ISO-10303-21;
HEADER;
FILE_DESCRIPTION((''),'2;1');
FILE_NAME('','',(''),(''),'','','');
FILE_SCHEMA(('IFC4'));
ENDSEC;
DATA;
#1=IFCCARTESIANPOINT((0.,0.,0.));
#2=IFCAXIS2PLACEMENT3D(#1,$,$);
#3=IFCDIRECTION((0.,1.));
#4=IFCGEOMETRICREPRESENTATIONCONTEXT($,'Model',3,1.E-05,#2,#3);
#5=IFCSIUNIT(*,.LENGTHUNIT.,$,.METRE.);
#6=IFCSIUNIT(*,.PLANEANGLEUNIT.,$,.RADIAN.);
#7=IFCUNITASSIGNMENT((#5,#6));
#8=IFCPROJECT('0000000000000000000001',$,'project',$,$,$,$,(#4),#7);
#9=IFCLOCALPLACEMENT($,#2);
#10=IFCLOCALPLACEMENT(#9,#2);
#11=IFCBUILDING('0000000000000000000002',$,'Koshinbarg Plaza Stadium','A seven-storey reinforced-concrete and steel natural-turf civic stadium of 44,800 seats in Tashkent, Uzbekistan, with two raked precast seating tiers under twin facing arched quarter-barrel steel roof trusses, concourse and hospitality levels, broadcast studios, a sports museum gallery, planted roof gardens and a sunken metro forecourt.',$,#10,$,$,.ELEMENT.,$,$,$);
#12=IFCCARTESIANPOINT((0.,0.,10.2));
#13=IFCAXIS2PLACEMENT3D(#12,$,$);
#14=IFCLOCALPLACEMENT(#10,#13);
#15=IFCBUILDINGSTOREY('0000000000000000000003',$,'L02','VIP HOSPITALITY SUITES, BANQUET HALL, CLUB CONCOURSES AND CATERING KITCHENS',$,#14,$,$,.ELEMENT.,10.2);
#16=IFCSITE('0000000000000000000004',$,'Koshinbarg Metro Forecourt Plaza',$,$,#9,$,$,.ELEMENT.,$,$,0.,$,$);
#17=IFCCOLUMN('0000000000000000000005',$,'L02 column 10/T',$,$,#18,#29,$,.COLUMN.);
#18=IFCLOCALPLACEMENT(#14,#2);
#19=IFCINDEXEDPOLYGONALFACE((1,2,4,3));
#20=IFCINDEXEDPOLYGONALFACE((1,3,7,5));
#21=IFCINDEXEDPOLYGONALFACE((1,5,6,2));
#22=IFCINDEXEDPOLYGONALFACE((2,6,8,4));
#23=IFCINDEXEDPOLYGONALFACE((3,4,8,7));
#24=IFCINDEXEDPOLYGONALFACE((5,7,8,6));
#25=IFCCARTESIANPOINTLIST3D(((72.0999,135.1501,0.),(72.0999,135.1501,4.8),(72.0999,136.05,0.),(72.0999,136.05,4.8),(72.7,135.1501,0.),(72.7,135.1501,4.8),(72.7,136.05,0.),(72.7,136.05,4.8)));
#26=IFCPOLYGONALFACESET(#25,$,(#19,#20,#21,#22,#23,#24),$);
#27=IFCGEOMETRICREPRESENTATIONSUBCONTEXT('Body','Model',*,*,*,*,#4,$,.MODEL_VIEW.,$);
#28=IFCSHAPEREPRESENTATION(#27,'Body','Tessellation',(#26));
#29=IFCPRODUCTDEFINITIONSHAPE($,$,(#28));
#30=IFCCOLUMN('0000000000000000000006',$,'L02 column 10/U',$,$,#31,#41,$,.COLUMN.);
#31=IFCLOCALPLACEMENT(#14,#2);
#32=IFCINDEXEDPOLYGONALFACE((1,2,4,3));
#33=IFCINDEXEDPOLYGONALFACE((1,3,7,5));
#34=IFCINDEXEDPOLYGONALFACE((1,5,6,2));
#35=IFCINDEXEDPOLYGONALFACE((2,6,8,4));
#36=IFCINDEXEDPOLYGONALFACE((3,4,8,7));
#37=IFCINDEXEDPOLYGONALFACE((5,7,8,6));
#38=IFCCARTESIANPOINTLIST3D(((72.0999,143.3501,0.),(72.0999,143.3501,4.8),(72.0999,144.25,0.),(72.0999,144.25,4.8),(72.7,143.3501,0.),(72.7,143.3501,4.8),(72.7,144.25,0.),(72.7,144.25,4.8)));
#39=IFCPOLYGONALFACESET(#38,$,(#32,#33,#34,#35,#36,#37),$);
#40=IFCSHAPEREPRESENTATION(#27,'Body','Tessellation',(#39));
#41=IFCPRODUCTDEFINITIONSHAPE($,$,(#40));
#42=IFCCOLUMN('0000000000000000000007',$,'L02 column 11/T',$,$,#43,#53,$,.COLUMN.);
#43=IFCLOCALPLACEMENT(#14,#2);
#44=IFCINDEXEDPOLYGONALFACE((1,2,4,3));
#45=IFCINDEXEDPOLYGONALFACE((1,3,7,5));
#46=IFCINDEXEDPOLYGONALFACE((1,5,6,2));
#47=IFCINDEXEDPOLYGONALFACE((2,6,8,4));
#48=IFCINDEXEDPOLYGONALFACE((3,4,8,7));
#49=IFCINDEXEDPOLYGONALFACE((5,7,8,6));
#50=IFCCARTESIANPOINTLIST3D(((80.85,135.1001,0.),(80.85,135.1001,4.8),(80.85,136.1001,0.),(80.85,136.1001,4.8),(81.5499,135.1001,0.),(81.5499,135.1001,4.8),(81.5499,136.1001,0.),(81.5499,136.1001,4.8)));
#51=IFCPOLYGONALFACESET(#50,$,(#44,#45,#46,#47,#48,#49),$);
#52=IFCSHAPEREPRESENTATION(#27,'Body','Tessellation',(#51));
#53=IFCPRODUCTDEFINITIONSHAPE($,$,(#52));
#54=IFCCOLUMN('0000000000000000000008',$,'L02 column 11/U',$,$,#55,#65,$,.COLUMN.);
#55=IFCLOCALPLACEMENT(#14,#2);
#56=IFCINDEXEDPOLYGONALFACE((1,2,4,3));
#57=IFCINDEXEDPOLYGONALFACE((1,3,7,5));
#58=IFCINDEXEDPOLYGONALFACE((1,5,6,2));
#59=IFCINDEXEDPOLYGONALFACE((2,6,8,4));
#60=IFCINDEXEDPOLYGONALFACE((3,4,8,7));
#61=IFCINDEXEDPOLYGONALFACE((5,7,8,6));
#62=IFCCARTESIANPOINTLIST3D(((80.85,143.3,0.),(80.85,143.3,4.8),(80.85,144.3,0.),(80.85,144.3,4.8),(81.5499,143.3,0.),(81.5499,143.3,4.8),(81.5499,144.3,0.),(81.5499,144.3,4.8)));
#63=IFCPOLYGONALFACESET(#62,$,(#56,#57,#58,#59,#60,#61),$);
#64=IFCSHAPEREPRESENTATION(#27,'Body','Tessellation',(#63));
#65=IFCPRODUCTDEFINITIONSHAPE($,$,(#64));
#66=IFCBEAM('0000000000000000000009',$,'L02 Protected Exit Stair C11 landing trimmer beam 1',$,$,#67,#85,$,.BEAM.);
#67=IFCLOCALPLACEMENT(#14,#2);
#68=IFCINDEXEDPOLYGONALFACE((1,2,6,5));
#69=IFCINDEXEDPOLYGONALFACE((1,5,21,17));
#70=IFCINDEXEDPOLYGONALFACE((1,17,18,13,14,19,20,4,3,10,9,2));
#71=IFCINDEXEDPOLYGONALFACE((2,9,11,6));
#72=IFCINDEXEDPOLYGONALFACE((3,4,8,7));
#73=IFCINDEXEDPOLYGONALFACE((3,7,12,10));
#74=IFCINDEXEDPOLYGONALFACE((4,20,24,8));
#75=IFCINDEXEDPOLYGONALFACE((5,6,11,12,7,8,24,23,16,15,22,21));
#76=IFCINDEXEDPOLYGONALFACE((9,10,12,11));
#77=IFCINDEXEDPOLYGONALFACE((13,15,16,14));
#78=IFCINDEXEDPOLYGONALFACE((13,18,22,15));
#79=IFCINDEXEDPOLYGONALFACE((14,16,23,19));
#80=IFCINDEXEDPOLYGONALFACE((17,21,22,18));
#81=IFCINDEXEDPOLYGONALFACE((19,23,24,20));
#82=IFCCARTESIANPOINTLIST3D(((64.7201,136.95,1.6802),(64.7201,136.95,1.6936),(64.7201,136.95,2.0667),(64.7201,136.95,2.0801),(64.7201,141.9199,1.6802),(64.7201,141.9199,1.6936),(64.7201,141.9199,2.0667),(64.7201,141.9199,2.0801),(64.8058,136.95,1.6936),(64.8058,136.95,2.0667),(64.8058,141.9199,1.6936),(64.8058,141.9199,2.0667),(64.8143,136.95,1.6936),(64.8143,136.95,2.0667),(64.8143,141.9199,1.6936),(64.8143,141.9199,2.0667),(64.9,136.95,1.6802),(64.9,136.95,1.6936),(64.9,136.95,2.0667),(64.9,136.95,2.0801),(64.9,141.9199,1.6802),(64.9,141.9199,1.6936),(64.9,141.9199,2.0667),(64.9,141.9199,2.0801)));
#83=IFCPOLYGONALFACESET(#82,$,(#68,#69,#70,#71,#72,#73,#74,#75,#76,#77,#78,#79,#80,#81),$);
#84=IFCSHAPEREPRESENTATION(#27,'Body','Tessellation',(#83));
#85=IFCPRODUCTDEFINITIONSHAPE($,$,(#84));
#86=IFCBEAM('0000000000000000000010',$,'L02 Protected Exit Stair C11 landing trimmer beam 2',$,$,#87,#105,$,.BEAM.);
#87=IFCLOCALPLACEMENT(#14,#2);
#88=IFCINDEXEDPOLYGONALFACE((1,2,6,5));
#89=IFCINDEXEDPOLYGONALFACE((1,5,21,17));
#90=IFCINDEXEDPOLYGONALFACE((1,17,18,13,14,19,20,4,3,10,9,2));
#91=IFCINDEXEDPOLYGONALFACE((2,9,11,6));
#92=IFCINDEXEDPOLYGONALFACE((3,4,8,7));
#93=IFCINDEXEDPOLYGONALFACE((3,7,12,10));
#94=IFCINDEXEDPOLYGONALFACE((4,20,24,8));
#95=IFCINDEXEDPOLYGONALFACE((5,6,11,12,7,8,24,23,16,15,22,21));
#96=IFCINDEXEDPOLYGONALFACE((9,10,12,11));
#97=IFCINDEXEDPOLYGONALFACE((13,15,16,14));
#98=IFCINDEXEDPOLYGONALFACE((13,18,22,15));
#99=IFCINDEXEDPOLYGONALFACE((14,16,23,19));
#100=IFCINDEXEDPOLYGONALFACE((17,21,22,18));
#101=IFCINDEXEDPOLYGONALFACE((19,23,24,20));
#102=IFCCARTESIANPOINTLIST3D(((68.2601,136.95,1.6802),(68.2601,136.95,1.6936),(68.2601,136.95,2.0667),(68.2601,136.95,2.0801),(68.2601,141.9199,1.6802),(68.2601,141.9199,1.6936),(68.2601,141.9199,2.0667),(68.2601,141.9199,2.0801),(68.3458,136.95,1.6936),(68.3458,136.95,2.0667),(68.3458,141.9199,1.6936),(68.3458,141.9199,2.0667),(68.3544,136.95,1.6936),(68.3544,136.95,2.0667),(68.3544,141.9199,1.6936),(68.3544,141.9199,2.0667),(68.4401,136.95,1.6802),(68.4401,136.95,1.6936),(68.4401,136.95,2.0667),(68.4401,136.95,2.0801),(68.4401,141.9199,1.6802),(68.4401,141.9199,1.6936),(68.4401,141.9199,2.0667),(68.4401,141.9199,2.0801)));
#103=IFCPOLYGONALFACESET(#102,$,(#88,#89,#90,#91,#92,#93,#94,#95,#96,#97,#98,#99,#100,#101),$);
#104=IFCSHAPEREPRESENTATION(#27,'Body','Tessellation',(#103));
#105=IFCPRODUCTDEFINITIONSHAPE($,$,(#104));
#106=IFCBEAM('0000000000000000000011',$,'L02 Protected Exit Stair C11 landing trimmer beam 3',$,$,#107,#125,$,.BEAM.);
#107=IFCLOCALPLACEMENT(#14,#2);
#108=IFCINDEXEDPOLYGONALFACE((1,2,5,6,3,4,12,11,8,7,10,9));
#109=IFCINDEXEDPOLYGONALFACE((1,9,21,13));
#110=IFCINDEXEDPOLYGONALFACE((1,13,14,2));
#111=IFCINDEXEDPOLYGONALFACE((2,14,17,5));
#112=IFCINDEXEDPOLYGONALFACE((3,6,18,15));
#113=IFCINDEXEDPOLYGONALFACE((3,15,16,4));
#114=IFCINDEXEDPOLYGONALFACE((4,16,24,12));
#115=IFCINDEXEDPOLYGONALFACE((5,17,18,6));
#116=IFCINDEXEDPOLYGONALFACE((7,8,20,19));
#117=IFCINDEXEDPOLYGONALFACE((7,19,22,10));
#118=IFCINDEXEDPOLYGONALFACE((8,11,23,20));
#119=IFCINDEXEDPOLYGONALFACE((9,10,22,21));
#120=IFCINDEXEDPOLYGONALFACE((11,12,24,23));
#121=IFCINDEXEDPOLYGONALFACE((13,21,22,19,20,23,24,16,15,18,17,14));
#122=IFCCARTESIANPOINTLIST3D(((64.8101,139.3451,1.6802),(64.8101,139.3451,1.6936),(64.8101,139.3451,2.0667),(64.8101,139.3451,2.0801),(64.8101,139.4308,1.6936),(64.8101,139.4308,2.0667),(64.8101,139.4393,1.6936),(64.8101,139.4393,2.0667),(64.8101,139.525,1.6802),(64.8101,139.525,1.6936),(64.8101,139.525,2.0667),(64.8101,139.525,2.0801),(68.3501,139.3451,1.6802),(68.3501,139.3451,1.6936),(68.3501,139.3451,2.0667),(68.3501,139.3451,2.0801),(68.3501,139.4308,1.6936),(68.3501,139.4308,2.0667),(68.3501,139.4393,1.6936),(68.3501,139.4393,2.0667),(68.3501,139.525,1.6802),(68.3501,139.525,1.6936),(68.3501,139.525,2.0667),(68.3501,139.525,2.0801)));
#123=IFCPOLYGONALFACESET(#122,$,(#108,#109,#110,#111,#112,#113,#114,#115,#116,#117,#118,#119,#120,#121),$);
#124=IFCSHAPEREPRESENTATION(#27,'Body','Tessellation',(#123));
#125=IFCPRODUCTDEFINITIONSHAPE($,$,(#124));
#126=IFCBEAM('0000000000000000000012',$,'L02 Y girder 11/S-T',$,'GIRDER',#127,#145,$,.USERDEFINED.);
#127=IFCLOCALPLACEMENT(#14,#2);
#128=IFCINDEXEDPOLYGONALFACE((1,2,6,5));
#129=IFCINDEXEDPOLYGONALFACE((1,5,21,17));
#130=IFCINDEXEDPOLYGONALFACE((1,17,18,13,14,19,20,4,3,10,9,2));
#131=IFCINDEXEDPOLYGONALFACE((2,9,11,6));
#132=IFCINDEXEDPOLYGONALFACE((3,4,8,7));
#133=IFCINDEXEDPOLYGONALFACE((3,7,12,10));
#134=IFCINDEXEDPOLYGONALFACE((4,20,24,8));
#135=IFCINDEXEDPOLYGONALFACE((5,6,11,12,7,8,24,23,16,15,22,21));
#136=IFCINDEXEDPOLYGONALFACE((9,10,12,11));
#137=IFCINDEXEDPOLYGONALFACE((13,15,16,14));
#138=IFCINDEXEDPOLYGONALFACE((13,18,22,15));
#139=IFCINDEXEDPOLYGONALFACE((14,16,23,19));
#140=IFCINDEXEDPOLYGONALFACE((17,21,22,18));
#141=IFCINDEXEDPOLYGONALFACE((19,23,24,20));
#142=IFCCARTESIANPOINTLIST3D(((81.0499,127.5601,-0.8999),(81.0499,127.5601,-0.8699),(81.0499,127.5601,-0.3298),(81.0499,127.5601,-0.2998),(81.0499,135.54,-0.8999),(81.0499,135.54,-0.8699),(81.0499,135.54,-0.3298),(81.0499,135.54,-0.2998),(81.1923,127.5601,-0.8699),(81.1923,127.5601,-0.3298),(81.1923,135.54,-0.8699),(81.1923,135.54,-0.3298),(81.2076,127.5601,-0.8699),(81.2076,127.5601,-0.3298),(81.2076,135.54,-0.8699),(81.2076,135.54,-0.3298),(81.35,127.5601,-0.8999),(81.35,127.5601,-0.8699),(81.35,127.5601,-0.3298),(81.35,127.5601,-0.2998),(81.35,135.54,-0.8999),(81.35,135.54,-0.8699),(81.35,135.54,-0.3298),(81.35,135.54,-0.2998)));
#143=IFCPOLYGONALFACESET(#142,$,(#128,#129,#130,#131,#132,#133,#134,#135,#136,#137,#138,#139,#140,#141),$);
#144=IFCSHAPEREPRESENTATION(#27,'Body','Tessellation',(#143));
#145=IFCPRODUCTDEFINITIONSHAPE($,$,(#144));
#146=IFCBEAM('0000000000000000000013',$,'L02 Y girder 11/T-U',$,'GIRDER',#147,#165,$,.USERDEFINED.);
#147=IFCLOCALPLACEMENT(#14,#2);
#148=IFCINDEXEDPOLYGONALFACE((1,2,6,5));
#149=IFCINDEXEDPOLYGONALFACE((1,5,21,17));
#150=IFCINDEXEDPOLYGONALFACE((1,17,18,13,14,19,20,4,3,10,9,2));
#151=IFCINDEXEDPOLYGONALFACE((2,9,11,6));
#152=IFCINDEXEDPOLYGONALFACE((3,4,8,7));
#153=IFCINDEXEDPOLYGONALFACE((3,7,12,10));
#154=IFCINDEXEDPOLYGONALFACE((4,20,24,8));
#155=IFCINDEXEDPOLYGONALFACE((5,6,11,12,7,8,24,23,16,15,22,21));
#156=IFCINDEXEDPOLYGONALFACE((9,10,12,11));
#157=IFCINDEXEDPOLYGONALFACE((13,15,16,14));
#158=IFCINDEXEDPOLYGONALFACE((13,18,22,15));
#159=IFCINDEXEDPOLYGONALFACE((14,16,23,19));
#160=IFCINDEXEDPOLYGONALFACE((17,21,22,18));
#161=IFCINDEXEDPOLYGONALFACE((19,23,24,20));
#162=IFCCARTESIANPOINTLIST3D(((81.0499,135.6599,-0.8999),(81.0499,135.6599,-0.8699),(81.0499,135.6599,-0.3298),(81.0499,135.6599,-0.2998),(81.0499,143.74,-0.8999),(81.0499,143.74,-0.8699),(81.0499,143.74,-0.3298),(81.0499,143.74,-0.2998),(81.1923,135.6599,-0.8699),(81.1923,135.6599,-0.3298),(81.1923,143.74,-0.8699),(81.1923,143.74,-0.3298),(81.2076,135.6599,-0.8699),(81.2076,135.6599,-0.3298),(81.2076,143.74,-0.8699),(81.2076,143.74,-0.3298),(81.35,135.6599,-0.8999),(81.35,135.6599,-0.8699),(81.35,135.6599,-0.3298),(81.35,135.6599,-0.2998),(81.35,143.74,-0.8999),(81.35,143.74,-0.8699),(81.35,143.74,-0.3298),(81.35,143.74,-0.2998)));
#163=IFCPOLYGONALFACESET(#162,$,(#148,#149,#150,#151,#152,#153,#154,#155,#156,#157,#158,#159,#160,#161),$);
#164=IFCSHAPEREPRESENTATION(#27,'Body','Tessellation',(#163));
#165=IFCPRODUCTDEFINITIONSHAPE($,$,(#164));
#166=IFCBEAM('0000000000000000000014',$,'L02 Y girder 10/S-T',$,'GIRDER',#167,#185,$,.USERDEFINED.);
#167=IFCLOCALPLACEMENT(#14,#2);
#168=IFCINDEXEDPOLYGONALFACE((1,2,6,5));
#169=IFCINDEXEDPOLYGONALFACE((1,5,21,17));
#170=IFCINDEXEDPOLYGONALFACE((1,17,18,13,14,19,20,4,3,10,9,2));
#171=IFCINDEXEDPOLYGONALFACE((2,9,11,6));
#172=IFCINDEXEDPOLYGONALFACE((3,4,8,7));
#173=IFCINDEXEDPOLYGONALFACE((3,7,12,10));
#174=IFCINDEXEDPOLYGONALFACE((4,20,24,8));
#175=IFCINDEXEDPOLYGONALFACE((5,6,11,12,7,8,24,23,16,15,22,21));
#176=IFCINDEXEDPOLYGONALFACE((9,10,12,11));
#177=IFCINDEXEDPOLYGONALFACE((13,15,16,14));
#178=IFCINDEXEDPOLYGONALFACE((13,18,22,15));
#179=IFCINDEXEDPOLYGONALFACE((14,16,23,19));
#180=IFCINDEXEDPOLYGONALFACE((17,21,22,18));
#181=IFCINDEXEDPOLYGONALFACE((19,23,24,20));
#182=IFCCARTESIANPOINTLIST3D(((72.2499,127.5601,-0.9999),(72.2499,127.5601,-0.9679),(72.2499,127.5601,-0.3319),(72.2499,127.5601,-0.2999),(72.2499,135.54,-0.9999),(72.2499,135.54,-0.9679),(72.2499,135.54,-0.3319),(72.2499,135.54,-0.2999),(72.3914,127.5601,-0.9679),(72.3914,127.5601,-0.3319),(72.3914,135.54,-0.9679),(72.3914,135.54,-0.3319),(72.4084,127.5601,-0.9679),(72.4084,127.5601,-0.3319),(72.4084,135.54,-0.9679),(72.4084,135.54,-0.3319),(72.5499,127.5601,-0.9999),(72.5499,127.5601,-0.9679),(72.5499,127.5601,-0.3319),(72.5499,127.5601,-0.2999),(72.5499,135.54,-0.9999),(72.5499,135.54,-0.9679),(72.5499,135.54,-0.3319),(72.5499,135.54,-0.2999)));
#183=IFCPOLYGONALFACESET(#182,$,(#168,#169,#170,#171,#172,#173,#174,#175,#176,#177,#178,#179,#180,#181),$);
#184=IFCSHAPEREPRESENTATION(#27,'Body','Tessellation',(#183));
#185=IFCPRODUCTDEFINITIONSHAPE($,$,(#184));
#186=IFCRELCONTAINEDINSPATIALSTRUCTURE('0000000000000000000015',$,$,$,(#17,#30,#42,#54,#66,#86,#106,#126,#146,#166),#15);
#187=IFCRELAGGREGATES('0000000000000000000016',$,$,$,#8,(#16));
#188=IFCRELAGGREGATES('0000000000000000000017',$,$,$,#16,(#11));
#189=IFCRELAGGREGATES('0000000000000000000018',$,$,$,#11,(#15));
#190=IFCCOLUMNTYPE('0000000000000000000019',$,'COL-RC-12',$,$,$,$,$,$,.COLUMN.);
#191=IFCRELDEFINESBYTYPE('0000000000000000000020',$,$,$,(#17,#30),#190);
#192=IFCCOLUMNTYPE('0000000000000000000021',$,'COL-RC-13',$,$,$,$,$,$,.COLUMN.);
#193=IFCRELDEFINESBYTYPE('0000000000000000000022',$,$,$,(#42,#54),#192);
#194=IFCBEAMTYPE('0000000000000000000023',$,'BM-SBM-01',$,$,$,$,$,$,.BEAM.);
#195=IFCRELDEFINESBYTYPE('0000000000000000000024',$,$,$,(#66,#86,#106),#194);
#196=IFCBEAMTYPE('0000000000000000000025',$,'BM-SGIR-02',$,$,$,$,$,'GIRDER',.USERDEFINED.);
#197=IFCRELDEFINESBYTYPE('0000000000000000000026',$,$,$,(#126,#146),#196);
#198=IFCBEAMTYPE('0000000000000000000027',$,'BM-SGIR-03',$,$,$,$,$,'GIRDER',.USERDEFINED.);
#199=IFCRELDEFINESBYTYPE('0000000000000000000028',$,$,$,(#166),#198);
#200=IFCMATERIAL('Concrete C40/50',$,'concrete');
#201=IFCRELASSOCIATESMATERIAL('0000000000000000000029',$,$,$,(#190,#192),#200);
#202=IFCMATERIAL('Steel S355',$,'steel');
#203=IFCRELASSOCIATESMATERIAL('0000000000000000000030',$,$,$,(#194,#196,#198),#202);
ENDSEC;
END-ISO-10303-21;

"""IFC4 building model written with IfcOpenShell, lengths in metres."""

from ifc_helpers import new_model, si_unit, direction, frame, origin, origin_2d, place, context, subcontext, project, spatial, rectangle, i_section, extrude, material, material_profile, profile_set, type_object, element, save


model = new_model("IFC4")

# Units and contexts
model_context = context("Model", 3, precision=1e-05, world=origin(), true_north=direction((0.0, 1.0)))
body_context = subcontext(model_context, "Body", "Model", "MODEL_VIEW")
ifc_project = project(units=[si_unit("LENGTHUNIT", "METRE"), si_unit("PLANEANGLEUNIT", "RADIAN")], contexts=[model_context])

# Site, building, storey
site_placement = place(None, origin())
site = spatial("IfcSite", under=ifc_project, at=site_placement, Name="Koshinbarg Metro Forecourt Plaza", CompositionType="ELEMENT", RefElevation=0.0)
building_placement = place(site_placement, origin())
building = spatial("IfcBuilding", under=site, at=building_placement, Name="Koshinbarg Plaza Stadium", Description="A seven-storey reinforced-concrete and steel natural-turf civic stadium of 44,800 seats in Tashkent, Uzbekistan, with two raked precast seating tiers under twin facing arched quarter-barrel steel roof trusses, concourse and hospitality levels, broadcast studios, a sports museum gallery, planted roof gardens and a sunken metro forecourt.", CompositionType="ELEMENT")
storey_placement = place(building_placement, frame((0.0, 0.0, 10.2)))
storey = spatial("IfcBuildingStorey", under=building, at=storey_placement, Name="L02", Description="VIP HOSPITALITY SUITES, BANQUET HALL, CLUB CONCOURSES AND CATERING KITCHENS", CompositionType="ELEMENT", Elevation=10.2)

# Columns
ifc_material_1 = material(Name="Concrete C40/50", Category="concrete")
ifc_material_profile_1 = material_profile(ifc_material_1, rectangle(XDim=0.6001, YDim=0.8999, at=origin_2d()), Name="RC 600x900")
ifc_profile_set_1 = profile_set([ifc_material_profile_1], Name="Concrete C40/50")
column_type_1 = type_object("IfcColumnType", Name="COL-RC-12", PredefinedType="COLUMN", material=ifc_profile_set_1)
for number, where, z_axis, x_axis, name in (
    (1, (72.3999, 135.6001, 0.0), (0.0, 0.0, 1.0), (1.0, 0.0, 0.0), "L02 column 10/T"),
    (2, (72.3999, 143.8, 0.0), (0.0, 0.0, 1.0), (1.0, 0.0, 0.0), "L02 column 10/U"),
):
    element("IfcColumn", number, at=place(storey_placement, frame(where, z_axis=z_axis, x_axis=x_axis)), inside=storey, type_object=column_type_1, Name=name, PredefinedType="COLUMN", context=body_context, shape_type="SweptSolid", body=[
        extrude(rectangle(XDim=0.6001, YDim=0.8999, at=origin_2d()), origin(), (0.0, 0.0, 1.0), 4.8),
    ])
ifc_material_profile_2 = material_profile(ifc_material_1, rectangle(XDim=0.7, YDim=1.0, at=origin_2d()), Name="RC 700x1000")
ifc_profile_set_2 = profile_set([ifc_material_profile_2], Name="Concrete C40/50")
column_type_2 = type_object("IfcColumnType", Name="COL-RC-13", PredefinedType="COLUMN", material=ifc_profile_set_2)
for number, where, z_axis, x_axis, name in (
    (3, (81.2, 135.6001, 0.0), (0.0, 0.0, 1.0), (1.0, 0.0, 0.0), "L02 column 11/T"),
    (4, (81.2, 143.8, 0.0), (0.0, 0.0, 1.0), (1.0, 0.0, 0.0), "L02 column 11/U"),
):
    element("IfcColumn", number, at=place(storey_placement, frame(where, z_axis=z_axis, x_axis=x_axis)), inside=storey, type_object=column_type_2, Name=name, PredefinedType="COLUMN", context=body_context, shape_type="SweptSolid", body=[
        extrude(rectangle(XDim=0.7, YDim=1.0, at=origin_2d()), origin(), (0.0, 0.0, 1.0), 4.8),
    ])

# Beams
ifc_material_2 = material(Name="Steel S355", Category="steel")
ifc_material_profile_3 = material_profile(ifc_material_2, i_section(OverallWidth=0.1799, OverallDepth=0.3999, WebThickness=0.0085, FlangeThickness=0.0134, at=origin_2d()), Name="IPE 400")
ifc_profile_set_3 = profile_set([ifc_material_profile_3], Name="Steel S355")
beam_type_1 = type_object("IfcBeamType", Name="BM-SBM-01", PredefinedType="BEAM", material=ifc_profile_set_3)
for number, where, z_axis, x_axis, name in (
    (5, (64.8101, 136.95, 1.8801), (0.0, 1.0, 0.0), (-1.0, 0.0, 0.0), "L02 Protected Exit Stair C11 landing trimmer beam 1"),
    (6, (68.3501, 136.95, 1.8801), (0.0, 1.0, 0.0), (-1.0, 0.0, 0.0), "L02 Protected Exit Stair C11 landing trimmer beam 2"),
):
    element("IfcBeam", number, at=place(storey_placement, frame(where, z_axis=z_axis, x_axis=x_axis)), inside=storey, type_object=beam_type_1, Name=name, PredefinedType="BEAM", context=body_context, shape_type="SweptSolid", body=[
        extrude(i_section(OverallWidth=0.1799, OverallDepth=0.3999, WebThickness=0.0085, FlangeThickness=0.0134, at=origin_2d()), origin(), (0.0, 0.0, 1.0), 4.97),
    ])
beam_1_placement = place(storey_placement, frame((64.8101, 139.4351, 1.8801), z_axis=(1.0, 0.0, 0.0), x_axis=(0.0, 1.0, 0.0)))
element("IfcBeam", 7, at=beam_1_placement, inside=storey, type_object=beam_type_1, Name="L02 Protected Exit Stair C11 landing trimmer beam 3", PredefinedType="BEAM", context=body_context, shape_type="SweptSolid", body=[
    extrude(i_section(OverallWidth=0.1799, OverallDepth=0.3999, WebThickness=0.0085, FlangeThickness=0.0134, at=origin_2d()), origin(), (0.0, 0.0, 1.0), 3.54),
])
ifc_material_profile_4 = material_profile(ifc_material_2, i_section(OverallWidth=0.3, OverallDepth=0.6001, WebThickness=0.0154, FlangeThickness=0.03, at=origin_2d()), Name="HEB 600")
ifc_profile_set_4 = profile_set([ifc_material_profile_4], Name="Steel S355")
beam_type_2 = type_object("IfcBeamType", Name="BM-SGIR-02", ElementType="GIRDER", PredefinedType="USERDEFINED", material=ifc_profile_set_4)
beam_2_placement = place(storey_placement, frame((81.2, 127.5601, -0.5999), z_axis=(0.0, 1.0, 0.0), x_axis=(-1.0, 0.0, 0.0)))
element("IfcBeam", 8, at=beam_2_placement, inside=storey, type_object=beam_type_2, Name="L02 Y girder 11/S-T", ObjectType="GIRDER", PredefinedType="USERDEFINED", context=body_context, shape_type="SweptSolid", body=[
    extrude(i_section(OverallWidth=0.3, OverallDepth=0.6001, WebThickness=0.0154, FlangeThickness=0.03, at=origin_2d()), origin(), (0.0, 0.0, 1.0), 7.98),
])
beam_3_placement = place(storey_placement, frame((81.2, 135.6599, -0.5999), z_axis=(0.0, 1.0, 0.0), x_axis=(-1.0, 0.0, 0.0)))
element("IfcBeam", 9, at=beam_3_placement, inside=storey, type_object=beam_type_2, Name="L02 Y girder 11/T-U", ObjectType="GIRDER", PredefinedType="USERDEFINED", context=body_context, shape_type="SweptSolid", body=[
    extrude(i_section(OverallWidth=0.3, OverallDepth=0.6001, WebThickness=0.0154, FlangeThickness=0.03, at=origin_2d()), origin(), (0.0, 0.0, 1.0), 8.0801),
])
ifc_material_profile_5 = material_profile(ifc_material_2, i_section(OverallWidth=0.3, OverallDepth=0.7, WebThickness=0.0171, FlangeThickness=0.032, at=origin_2d()), Name="HEB 700")
ifc_profile_set_5 = profile_set([ifc_material_profile_5], Name="Steel S355")
beam_type_3 = type_object("IfcBeamType", Name="BM-SGIR-03", ElementType="GIRDER", PredefinedType="USERDEFINED", material=ifc_profile_set_5)
beam_4_placement = place(storey_placement, frame((72.3999, 127.5601, -0.6499), z_axis=(0.0, 1.0, 0.0), x_axis=(-1.0, 0.0, 0.0)))
element("IfcBeam", 10, at=beam_4_placement, inside=storey, type_object=beam_type_3, Name="L02 Y girder 10/S-T", ObjectType="GIRDER", PredefinedType="USERDEFINED", context=body_context, shape_type="SweptSolid", body=[
    extrude(i_section(OverallWidth=0.3, OverallDepth=0.7, WebThickness=0.0171, FlangeThickness=0.032, at=origin_2d()), origin(), (0.0, 0.0, 1.0), 7.98),
])

save(model, "model.ifc")
